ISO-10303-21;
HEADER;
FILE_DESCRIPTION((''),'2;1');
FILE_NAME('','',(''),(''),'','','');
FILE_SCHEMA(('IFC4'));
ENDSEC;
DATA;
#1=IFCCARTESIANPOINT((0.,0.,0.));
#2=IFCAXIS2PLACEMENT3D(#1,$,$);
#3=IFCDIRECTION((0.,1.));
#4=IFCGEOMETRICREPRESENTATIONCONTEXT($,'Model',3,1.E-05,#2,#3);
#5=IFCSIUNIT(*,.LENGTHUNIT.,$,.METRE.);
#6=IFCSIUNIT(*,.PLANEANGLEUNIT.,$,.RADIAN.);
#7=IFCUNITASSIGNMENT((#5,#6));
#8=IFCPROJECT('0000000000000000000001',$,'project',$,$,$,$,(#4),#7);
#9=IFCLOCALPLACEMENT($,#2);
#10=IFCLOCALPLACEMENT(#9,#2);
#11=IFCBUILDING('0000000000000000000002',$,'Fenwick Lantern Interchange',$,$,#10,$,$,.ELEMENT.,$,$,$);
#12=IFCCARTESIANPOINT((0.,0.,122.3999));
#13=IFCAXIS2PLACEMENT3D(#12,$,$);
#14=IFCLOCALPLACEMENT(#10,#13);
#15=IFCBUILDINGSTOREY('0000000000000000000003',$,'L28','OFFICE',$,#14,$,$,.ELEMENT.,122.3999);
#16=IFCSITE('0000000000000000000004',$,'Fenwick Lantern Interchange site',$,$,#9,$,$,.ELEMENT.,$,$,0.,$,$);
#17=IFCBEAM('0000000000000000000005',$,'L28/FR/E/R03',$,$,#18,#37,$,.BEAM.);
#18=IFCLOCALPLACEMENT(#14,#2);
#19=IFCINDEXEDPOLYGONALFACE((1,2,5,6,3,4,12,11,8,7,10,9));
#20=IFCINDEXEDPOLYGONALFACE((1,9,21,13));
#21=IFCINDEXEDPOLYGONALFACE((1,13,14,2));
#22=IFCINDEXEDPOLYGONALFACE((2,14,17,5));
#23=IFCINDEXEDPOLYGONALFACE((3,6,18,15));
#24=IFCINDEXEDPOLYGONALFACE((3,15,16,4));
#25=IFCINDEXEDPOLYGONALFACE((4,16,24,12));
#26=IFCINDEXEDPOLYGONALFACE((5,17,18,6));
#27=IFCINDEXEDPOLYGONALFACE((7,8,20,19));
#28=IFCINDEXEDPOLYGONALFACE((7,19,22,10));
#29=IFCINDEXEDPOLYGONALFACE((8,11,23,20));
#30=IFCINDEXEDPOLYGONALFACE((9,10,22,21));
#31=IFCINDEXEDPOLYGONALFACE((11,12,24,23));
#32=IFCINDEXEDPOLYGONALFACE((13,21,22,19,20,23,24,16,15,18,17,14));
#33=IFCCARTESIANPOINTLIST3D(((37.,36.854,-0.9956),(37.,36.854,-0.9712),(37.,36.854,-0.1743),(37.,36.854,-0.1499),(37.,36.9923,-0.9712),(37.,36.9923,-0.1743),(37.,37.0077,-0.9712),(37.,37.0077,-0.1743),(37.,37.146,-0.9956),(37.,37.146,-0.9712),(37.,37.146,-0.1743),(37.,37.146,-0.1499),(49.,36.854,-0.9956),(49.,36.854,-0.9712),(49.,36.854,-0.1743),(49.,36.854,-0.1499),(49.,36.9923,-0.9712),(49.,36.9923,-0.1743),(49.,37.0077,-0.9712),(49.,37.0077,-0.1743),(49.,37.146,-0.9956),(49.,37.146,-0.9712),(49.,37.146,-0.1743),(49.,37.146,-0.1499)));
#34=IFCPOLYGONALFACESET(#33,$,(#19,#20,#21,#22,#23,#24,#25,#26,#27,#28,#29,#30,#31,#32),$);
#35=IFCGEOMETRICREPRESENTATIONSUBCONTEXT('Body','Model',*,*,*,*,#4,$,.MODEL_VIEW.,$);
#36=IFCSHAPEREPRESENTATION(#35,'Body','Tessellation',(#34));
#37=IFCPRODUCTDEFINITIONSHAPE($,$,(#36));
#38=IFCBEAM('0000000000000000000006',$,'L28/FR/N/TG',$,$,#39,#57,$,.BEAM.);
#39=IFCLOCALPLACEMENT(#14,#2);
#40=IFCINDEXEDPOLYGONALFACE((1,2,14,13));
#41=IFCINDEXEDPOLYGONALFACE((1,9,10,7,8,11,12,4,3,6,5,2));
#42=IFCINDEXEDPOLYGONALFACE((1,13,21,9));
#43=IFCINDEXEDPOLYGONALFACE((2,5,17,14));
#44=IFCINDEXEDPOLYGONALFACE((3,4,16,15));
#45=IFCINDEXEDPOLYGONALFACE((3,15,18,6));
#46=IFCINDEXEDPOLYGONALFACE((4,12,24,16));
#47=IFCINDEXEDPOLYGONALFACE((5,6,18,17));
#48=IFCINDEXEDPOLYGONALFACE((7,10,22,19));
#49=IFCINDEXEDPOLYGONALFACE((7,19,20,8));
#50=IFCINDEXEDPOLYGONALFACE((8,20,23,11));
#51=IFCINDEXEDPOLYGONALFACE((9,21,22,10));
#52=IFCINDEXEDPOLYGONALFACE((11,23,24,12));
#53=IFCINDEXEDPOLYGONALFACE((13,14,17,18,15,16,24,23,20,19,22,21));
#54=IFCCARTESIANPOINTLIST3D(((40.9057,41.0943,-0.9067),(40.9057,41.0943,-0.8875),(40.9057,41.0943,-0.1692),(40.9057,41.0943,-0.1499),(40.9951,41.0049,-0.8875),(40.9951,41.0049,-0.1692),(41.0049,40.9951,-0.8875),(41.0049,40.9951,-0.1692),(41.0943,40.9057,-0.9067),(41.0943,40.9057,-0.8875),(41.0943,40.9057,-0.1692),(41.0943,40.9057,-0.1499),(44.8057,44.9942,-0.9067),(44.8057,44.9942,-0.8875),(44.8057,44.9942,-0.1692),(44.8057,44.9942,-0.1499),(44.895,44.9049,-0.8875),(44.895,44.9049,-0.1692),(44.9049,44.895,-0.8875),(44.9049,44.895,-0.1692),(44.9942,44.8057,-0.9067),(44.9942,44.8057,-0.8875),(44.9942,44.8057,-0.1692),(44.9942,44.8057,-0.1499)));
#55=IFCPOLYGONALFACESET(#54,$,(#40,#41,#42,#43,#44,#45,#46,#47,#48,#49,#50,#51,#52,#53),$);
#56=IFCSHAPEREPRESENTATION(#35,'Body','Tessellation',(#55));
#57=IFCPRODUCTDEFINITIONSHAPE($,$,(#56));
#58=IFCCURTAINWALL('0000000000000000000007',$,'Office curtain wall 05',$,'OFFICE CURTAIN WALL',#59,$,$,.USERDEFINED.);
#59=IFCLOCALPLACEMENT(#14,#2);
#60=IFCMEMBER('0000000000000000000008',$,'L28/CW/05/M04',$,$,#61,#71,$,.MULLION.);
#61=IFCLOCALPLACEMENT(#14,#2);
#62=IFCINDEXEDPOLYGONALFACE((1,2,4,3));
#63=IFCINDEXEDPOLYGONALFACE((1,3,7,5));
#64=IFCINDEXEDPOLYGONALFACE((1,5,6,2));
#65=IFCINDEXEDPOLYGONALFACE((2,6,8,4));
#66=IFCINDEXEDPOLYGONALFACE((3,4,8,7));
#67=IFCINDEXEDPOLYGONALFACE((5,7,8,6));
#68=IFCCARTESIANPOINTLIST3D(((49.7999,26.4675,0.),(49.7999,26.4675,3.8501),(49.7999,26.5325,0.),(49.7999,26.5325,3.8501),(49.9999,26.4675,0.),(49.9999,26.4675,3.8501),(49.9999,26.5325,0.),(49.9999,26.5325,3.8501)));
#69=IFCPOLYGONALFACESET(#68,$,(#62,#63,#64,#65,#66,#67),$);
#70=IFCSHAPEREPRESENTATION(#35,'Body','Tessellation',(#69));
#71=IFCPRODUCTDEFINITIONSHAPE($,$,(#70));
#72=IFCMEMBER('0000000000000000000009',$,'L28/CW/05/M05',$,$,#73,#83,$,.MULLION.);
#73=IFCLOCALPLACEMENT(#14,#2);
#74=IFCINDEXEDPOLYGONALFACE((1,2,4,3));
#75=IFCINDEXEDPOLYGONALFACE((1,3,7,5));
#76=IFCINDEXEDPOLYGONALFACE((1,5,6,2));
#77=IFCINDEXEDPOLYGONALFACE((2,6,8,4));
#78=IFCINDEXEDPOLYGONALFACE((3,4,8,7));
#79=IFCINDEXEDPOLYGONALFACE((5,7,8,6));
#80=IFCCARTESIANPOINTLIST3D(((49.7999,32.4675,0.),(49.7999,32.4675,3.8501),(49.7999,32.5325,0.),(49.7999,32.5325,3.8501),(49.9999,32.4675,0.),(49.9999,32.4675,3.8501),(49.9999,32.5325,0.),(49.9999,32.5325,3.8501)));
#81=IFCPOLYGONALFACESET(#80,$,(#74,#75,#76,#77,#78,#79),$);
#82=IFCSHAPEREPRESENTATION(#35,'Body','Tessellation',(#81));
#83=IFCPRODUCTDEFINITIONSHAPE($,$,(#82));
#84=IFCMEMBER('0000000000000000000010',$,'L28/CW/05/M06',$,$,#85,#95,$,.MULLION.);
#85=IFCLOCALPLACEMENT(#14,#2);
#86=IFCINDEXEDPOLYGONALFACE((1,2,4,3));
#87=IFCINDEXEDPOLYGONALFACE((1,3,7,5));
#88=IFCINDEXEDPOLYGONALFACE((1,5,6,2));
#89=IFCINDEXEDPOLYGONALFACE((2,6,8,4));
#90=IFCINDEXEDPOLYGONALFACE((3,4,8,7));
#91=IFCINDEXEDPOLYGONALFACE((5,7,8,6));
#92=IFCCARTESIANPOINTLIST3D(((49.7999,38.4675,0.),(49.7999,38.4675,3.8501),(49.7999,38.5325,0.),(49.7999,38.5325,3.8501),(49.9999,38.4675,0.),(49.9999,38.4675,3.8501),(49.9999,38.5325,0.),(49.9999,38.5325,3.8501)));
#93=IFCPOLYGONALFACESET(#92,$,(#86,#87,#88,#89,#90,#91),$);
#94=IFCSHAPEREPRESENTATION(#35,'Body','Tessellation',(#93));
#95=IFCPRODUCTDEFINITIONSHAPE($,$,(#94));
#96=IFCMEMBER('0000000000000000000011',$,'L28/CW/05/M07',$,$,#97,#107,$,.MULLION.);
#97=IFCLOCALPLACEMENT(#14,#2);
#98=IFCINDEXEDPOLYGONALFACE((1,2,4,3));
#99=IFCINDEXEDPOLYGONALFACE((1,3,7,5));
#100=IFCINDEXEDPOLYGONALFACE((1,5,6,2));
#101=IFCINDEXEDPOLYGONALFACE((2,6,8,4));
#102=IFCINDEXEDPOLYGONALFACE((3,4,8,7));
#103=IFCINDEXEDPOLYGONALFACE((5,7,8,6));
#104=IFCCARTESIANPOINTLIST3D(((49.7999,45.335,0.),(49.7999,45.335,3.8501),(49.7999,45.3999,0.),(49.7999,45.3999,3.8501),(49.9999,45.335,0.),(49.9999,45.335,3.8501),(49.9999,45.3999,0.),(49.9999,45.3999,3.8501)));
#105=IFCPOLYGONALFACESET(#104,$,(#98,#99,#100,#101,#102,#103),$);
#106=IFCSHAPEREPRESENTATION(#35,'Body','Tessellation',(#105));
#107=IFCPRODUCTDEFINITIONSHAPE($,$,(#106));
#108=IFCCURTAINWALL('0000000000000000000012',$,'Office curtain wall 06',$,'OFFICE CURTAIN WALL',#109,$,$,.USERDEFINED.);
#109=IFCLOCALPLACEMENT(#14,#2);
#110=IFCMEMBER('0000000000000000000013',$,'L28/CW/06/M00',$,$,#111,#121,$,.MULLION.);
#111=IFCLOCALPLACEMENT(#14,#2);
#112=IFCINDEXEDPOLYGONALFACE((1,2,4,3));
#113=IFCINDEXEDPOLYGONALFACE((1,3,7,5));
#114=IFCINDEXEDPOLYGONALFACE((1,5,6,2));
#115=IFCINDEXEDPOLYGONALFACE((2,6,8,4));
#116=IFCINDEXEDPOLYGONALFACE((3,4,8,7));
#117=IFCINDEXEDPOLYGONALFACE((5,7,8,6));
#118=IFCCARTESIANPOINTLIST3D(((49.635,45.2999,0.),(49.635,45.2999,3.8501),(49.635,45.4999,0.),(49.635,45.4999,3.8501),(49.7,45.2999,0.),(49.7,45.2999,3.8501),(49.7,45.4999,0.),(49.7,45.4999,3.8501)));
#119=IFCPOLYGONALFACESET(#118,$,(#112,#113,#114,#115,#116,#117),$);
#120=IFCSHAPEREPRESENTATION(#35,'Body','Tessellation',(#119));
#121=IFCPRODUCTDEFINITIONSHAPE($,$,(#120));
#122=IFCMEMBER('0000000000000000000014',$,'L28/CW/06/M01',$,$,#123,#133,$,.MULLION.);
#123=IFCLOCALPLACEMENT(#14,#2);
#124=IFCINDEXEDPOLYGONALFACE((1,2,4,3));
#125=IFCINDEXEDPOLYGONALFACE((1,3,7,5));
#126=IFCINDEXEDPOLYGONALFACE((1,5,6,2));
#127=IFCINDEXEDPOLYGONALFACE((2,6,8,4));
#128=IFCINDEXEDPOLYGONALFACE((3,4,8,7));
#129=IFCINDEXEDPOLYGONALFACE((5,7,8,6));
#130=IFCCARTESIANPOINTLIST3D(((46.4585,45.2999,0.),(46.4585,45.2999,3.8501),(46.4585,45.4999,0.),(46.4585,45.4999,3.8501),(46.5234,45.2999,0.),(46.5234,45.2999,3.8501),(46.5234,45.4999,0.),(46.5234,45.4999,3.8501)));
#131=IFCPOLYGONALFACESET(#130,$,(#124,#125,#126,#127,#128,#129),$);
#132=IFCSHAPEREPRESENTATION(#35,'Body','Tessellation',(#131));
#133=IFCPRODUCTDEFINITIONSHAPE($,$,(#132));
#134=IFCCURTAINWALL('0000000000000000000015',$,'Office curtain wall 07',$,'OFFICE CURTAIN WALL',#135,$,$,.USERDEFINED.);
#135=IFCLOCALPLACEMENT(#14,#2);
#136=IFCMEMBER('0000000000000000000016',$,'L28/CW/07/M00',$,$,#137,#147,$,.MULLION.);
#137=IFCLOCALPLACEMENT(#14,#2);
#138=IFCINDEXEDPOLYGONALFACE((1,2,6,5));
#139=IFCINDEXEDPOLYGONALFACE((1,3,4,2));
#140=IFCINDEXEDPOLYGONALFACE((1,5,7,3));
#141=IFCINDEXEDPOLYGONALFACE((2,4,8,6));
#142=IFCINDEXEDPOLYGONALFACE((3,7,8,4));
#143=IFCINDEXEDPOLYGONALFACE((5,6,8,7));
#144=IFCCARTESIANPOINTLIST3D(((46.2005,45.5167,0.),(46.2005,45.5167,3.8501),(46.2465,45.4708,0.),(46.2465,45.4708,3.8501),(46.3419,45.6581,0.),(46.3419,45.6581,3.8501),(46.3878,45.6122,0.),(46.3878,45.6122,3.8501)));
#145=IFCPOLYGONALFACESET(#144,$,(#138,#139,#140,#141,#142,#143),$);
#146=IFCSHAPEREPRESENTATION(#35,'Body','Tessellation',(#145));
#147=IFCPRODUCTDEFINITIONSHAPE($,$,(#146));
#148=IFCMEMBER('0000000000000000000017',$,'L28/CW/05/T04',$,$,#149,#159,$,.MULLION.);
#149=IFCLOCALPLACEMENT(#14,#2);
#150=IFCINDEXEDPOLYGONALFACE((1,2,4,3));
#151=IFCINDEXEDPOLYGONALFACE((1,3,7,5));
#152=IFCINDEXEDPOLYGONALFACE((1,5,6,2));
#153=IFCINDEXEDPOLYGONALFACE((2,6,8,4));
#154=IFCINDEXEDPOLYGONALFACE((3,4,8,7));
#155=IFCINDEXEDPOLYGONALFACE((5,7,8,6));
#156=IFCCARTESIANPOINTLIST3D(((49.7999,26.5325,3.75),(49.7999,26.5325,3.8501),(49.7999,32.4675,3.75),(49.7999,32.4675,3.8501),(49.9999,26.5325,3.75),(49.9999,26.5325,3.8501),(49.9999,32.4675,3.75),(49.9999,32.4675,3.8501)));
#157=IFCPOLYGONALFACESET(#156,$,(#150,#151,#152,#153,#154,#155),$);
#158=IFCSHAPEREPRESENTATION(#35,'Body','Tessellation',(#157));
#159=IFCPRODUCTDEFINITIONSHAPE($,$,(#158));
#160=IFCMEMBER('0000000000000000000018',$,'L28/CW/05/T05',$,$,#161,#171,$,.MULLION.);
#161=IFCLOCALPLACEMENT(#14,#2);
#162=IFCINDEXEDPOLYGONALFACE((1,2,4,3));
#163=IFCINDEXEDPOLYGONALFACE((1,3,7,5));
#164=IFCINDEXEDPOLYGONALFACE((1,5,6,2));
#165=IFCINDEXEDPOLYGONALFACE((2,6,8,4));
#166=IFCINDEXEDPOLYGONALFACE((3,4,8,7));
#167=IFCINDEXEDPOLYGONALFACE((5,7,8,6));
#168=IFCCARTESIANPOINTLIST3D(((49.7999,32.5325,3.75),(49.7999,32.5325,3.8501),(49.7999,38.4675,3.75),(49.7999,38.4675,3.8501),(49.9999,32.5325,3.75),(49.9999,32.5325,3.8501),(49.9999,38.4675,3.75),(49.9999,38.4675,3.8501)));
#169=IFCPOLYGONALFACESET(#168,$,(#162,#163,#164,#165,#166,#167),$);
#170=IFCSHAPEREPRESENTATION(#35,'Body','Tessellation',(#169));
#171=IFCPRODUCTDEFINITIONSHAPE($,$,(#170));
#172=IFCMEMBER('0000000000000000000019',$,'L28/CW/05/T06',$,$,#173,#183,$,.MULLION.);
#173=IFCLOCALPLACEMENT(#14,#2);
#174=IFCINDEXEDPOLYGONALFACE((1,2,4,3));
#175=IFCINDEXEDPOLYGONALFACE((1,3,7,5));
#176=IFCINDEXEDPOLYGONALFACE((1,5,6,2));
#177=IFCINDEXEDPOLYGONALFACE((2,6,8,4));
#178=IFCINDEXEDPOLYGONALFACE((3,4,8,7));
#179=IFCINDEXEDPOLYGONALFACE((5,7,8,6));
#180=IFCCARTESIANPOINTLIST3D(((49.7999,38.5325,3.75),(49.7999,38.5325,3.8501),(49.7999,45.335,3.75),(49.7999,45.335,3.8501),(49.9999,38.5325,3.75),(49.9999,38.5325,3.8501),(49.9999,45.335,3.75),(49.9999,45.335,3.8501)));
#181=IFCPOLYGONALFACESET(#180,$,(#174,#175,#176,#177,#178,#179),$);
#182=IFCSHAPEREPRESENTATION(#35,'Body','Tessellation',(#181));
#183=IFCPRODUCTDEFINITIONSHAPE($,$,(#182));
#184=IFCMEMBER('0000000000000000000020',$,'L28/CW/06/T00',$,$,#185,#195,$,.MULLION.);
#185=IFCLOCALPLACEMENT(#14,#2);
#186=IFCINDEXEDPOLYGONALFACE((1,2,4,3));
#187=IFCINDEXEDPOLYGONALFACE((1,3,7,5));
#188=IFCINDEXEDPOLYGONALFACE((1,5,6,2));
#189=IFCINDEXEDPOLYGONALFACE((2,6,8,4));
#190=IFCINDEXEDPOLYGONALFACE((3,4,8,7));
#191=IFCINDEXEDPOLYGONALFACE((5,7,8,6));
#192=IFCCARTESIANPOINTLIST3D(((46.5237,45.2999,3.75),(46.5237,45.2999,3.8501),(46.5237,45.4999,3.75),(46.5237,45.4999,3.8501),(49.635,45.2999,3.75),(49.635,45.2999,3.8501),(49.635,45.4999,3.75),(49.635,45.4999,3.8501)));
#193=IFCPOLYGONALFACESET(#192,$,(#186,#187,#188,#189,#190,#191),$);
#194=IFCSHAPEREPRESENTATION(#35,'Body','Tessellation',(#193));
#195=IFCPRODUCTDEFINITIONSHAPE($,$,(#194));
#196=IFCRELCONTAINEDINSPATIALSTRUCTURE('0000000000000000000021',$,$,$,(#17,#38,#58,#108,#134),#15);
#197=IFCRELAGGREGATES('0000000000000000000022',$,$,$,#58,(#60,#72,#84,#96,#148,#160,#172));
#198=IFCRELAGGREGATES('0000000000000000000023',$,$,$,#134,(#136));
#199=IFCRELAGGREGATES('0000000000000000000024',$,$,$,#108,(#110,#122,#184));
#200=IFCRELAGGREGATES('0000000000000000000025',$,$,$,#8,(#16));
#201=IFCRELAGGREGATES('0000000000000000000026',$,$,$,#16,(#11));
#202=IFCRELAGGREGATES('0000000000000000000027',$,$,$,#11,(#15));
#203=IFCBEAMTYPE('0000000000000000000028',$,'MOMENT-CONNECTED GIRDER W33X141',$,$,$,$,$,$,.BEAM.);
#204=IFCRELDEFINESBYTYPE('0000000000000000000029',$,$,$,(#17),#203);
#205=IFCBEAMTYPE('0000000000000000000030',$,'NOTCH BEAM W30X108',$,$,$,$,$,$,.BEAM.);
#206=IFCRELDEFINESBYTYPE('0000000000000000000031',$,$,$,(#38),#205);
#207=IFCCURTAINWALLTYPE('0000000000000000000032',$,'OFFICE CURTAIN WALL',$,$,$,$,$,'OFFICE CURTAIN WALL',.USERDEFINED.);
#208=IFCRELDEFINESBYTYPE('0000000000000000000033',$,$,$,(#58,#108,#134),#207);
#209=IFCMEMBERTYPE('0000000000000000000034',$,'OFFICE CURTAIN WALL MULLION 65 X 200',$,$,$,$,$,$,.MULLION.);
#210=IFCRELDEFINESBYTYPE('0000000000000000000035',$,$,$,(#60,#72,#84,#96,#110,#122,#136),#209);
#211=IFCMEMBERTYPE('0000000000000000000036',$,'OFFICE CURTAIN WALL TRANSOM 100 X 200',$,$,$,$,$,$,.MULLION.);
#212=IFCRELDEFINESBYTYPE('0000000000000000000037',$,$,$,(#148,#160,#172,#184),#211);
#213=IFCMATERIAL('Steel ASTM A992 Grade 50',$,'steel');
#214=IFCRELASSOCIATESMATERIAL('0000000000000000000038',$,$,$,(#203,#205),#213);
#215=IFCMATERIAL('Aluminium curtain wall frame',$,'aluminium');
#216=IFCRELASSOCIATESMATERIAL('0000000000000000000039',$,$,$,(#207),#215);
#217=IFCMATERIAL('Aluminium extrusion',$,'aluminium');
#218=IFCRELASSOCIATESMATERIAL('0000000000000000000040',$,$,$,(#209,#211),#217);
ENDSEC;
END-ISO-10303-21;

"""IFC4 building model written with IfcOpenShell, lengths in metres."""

from ifc_helpers import new_model, si_unit, direction, frame, origin, origin_2d, place, context, subcontext, project, spatial, rectangle, i_section, extrude, material, material_profile, profile_set, type_object, element, aggregate, save


model = new_model("IFC4")

# Units and contexts
model_context = context("Model", 3, precision=1e-05, world=origin(), true_north=direction((0.0, 1.0)))
body_context = subcontext(model_context, "Body", "Model", "MODEL_VIEW")
ifc_project = project(units=[si_unit("LENGTHUNIT", "METRE"), si_unit("PLANEANGLEUNIT", "RADIAN")], contexts=[model_context])

# Site, building, storey
site_placement = place(None, origin())
site = spatial("IfcSite", under=ifc_project, at=site_placement, Name="Fenwick Lantern Interchange site", CompositionType="ELEMENT", RefElevation=0.0)
building_placement = place(site_placement, origin())
building = spatial("IfcBuilding", under=site, at=building_placement, Name="Fenwick Lantern Interchange", CompositionType="ELEMENT")
storey_placement = place(building_placement, frame((0.0, 0.0, 122.3999)))
storey = spatial("IfcBuildingStorey", under=building, at=storey_placement, Name="L28", Description="OFFICE", CompositionType="ELEMENT", Elevation=122.3999)

# Shared definitions
ifc_material_1 = material(Name="Steel ASTM A992 Grade 50", Category="steel")

# Beams
ifc_material_profile_1 = material_profile(ifc_material_1, i_section(OverallWidth=0.292, OverallDepth=0.8457, WebThickness=0.0154, FlangeThickness=0.0244, at=origin_2d()), Name="W33X141")
ifc_profile_set_1 = profile_set([ifc_material_profile_1], Name="Steel ASTM A992 Grade 50")
beam_type_1 = type_object("IfcBeamType", Name="MOMENT-CONNECTED GIRDER W33X141", PredefinedType="BEAM", material=ifc_profile_set_1)
beam_1_placement = place(storey_placement, frame((49.0, 37.0, -0.5728), z_axis=(-1.0, 0.0, 0.0), x_axis=(0.0, -1.0, 0.0)))
element("IfcBeam", 1, at=beam_1_placement, inside=storey, type_object=beam_type_1, Name="L28/FR/E/R03", PredefinedType="BEAM", context=body_context, shape_type="SweptSolid", body=[
    extrude(i_section(OverallWidth=0.292, OverallDepth=0.8457, WebThickness=0.0154, FlangeThickness=0.0244, at=origin_2d()), origin(), (0.0, 0.0, 1.0), 12.0),
])
ifc_material_profile_2 = material_profile(ifc_material_1, i_section(OverallWidth=0.2666, OverallDepth=0.7568, WebThickness=0.0139, FlangeThickness=0.0193, at=origin_2d()), Name="W30X108")
ifc_profile_set_2 = profile_set([ifc_material_profile_2], Name="Steel ASTM A992 Grade 50")
beam_type_2 = type_object("IfcBeamType", Name="NOTCH BEAM W30X108", PredefinedType="BEAM", material=ifc_profile_set_2)
beam_2_placement = place(storey_placement, frame((41.0, 41.0, -0.5283), z_axis=(0.707107, 0.707107, 0.0), x_axis=(-0.707107, 0.707107, 0.0)))
element("IfcBeam", 2, at=beam_2_placement, inside=storey, type_object=beam_type_2, Name="L28/FR/N/TG", PredefinedType="BEAM", context=body_context, shape_type="SweptSolid", body=[
    extrude(i_section(OverallWidth=0.2666, OverallDepth=0.7568, WebThickness=0.0139, FlangeThickness=0.0193, at=origin_2d()), origin(), (0.0, 0.0, 1.0), 5.5154),
])

# Curtain walls, members
ifc_material_2 = material(Name="Aluminium curtain wall frame", Category="aluminium")
curtain_wall_type = type_object("IfcCurtainWallType", Name="OFFICE CURTAIN WALL", ElementType="OFFICE CURTAIN WALL", PredefinedType="USERDEFINED", material=ifc_material_2)
curtain_wall_1_placement = place(storey_placement, origin())
curtain_wall_1 = element("IfcCurtainWall", 3, at=curtain_wall_1_placement, inside=storey, type_object=curtain_wall_type, Name="Office curtain wall 05", ObjectType="OFFICE CURTAIN WALL", PredefinedType="USERDEFINED")
ifc_material_3 = material(Name="Aluminium extrusion", Category="aluminium")
ifc_material_profile_3 = material_profile(ifc_material_3, rectangle(XDim=0.2, YDim=0.0649, at=origin_2d()), Name="OFFICE CURTAIN WALL MULLION 65 X 200")
ifc_profile_set_3 = profile_set([ifc_material_profile_3], Name="Aluminium extrusion")
member_type_1 = type_object("IfcMemberType", Name="OFFICE CURTAIN WALL MULLION 65 X 200", PredefinedType="MULLION", material=ifc_profile_set_3)
member_1_placement = place(storey_placement, frame((49.8999, 26.5, 0.0), z_axis=(0.0, 0.0, 1.0), x_axis=(-1.0, 0.0, 0.0)))
member_1 = element("IfcMember", 4, at=member_1_placement, type_object=member_type_1, Name="L28/CW/05/M04", PredefinedType="MULLION", context=body_context, shape_type="SweptSolid", body=[
    extrude(rectangle(XDim=0.2, YDim=0.0649, at=origin_2d()), origin(), (0.0, 0.0, 1.0), 3.8501),
])
member_2_placement = place(storey_placement, frame((49.8999, 32.5, 0.0), z_axis=(0.0, 0.0, 1.0), x_axis=(-1.0, 0.0, 0.0)))
member_2 = element("IfcMember", 5, at=member_2_placement, type_object=member_type_1, Name="L28/CW/05/M05", PredefinedType="MULLION", context=body_context, shape_type="SweptSolid", body=[
    extrude(rectangle(XDim=0.2, YDim=0.0649, at=origin_2d()), origin(), (0.0, 0.0, 1.0), 3.8501),
])
member_3_placement = place(storey_placement, frame((49.8999, 38.5, 0.0), z_axis=(0.0, 0.0, 1.0), x_axis=(-1.0, 0.0, 0.0)))
member_3 = element("IfcMember", 6, at=member_3_placement, type_object=member_type_1, Name="L28/CW/05/M06", PredefinedType="MULLION", context=body_context, shape_type="SweptSolid", body=[
    extrude(rectangle(XDim=0.2, YDim=0.0649, at=origin_2d()), origin(), (0.0, 0.0, 1.0), 3.8501),
])
member_4_placement = place(storey_placement, frame((49.8999, 45.3674, 0.0), z_axis=(0.0, 0.0, 1.0), x_axis=(-1.0, 0.0, 0.0)))
member_4 = element("IfcMember", 7, at=member_4_placement, type_object=member_type_1, Name="L28/CW/05/M07", PredefinedType="MULLION", context=body_context, shape_type="SweptSolid", body=[
    extrude(rectangle(XDim=0.2, YDim=0.0649, at=origin_2d()), origin(), (0.0, 0.0, 1.0), 3.8501),
])
curtain_wall_2_placement = place(storey_placement, origin())
curtain_wall_2 = element("IfcCurtainWall", 8, at=curtain_wall_2_placement, inside=storey, type_object=curtain_wall_type, Name="Office curtain wall 06", ObjectType="OFFICE CURTAIN WALL", PredefinedType="USERDEFINED")
member_5_placement = place(storey_placement, frame((49.6675, 45.3999, 0.0), z_axis=(0.0, 0.0, 1.0), x_axis=(0.0, -1.0, 0.0)))
member_5 = element("IfcMember", 9, at=member_5_placement, type_object=member_type_1, Name="L28/CW/06/M00", PredefinedType="MULLION", context=body_context, shape_type="SweptSolid", body=[
    extrude(rectangle(XDim=0.2, YDim=0.0649, at=origin_2d()), origin(), (0.0, 0.0, 1.0), 3.8501),
])
member_6_placement = place(storey_placement, frame((46.491, 45.3999, 0.0), z_axis=(0.0, 0.0, 1.0), x_axis=(0.0, -1.0, 0.0)))
member_6 = element("IfcMember", 10, at=member_6_placement, type_object=member_type_1, Name="L28/CW/06/M01", PredefinedType="MULLION", context=body_context, shape_type="SweptSolid", body=[
    extrude(rectangle(XDim=0.2, YDim=0.0649, at=origin_2d()), origin(), (0.0, 0.0, 1.0), 3.8501),
])

# Curtain wall, member
curtain_wall_3_placement = place(storey_placement, origin())
curtain_wall_3 = element("IfcCurtainWall", 11, at=curtain_wall_3_placement, inside=storey, type_object=curtain_wall_type, Name="Office curtain wall 07", ObjectType="OFFICE CURTAIN WALL", PredefinedType="USERDEFINED")
member_7_placement = place(storey_placement, frame((46.2942, 45.5645, 0.0), z_axis=(0.0, 0.0, 1.0), x_axis=(-0.707107, -0.707107, 0.0)))
member_7 = element("IfcMember", 12, at=member_7_placement, type_object=member_type_1, Name="L28/CW/07/M00", PredefinedType="MULLION", context=body_context, shape_type="SweptSolid", body=[
    extrude(rectangle(XDim=0.2, YDim=0.0649, at=origin_2d()), origin(), (0.0, 0.0, 1.0), 3.8501),
])

# Members
ifc_material_profile_4 = material_profile(ifc_material_3, rectangle(XDim=0.2, YDim=0.1001, at=origin_2d()), Name="OFFICE CURTAIN WALL TRANSOM 100 X 200")
ifc_profile_set_4 = profile_set([ifc_material_profile_4], Name="Aluminium extrusion")
member_type_2 = type_object("IfcMemberType", Name="OFFICE CURTAIN WALL TRANSOM 100 X 200", PredefinedType="MULLION", material=ifc_profile_set_4)
member_8_placement = place(storey_placement, frame((49.8999, 26.5325, 3.8), z_axis=(0.0, 1.0, 0.0), x_axis=(-1.0, 0.0, 0.0)))
member_8 = element("IfcMember", 13, at=member_8_placement, type_object=member_type_2, Name="L28/CW/05/T04", PredefinedType="MULLION", context=body_context, shape_type="SweptSolid", body=[
    extrude(rectangle(XDim=0.2, YDim=0.1001, at=origin_2d()), origin(), (0.0, 0.0, 1.0), 5.9351),
])
member_9_placement = place(storey_placement, frame((49.8999, 32.5325, 3.8), z_axis=(0.0, 1.0, 0.0), x_axis=(-1.0, 0.0, 0.0)))
member_9 = element("IfcMember", 14, at=member_9_placement, type_object=member_type_2, Name="L28/CW/05/T05", PredefinedType="MULLION", context=body_context, shape_type="SweptSolid", body=[
    extrude(rectangle(XDim=0.2, YDim=0.1001, at=origin_2d()), origin(), (0.0, 0.0, 1.0), 5.9351),
])
member_10_placement = place(storey_placement, frame((49.8999, 38.5325, 3.8), z_axis=(0.0, 1.0, 0.0), x_axis=(-1.0, 0.0, 0.0)))
member_10 = element("IfcMember", 15, at=member_10_placement, type_object=member_type_2, Name="L28/CW/05/T06", PredefinedType="MULLION", context=body_context, shape_type="SweptSolid", body=[
    extrude(rectangle(XDim=0.2, YDim=0.1001, at=origin_2d()), origin(), (0.0, 0.0, 1.0), 6.8025),
])
aggregate(curtain_wall_1, [member_1, member_2, member_3, member_4, member_8, member_9, member_10])
member_11_placement = place(storey_placement, frame((49.635, 45.3999, 3.8), z_axis=(-1.0, 0.0, 0.0), x_axis=(0.0, -1.0, 0.0)))
member_11 = element("IfcMember", 16, at=member_11_placement, type_object=member_type_2, Name="L28/CW/06/T00", PredefinedType="MULLION", context=body_context, shape_type="SweptSolid", body=[
    extrude(rectangle(XDim=0.2, YDim=0.1001, at=origin_2d()), origin(), (0.0, 0.0, 1.0), 3.1113),
])
aggregate(curtain_wall_3, [member_7])

aggregate(curtain_wall_2, [member_5, member_6, member_11])

save(model, "model.ifc")
